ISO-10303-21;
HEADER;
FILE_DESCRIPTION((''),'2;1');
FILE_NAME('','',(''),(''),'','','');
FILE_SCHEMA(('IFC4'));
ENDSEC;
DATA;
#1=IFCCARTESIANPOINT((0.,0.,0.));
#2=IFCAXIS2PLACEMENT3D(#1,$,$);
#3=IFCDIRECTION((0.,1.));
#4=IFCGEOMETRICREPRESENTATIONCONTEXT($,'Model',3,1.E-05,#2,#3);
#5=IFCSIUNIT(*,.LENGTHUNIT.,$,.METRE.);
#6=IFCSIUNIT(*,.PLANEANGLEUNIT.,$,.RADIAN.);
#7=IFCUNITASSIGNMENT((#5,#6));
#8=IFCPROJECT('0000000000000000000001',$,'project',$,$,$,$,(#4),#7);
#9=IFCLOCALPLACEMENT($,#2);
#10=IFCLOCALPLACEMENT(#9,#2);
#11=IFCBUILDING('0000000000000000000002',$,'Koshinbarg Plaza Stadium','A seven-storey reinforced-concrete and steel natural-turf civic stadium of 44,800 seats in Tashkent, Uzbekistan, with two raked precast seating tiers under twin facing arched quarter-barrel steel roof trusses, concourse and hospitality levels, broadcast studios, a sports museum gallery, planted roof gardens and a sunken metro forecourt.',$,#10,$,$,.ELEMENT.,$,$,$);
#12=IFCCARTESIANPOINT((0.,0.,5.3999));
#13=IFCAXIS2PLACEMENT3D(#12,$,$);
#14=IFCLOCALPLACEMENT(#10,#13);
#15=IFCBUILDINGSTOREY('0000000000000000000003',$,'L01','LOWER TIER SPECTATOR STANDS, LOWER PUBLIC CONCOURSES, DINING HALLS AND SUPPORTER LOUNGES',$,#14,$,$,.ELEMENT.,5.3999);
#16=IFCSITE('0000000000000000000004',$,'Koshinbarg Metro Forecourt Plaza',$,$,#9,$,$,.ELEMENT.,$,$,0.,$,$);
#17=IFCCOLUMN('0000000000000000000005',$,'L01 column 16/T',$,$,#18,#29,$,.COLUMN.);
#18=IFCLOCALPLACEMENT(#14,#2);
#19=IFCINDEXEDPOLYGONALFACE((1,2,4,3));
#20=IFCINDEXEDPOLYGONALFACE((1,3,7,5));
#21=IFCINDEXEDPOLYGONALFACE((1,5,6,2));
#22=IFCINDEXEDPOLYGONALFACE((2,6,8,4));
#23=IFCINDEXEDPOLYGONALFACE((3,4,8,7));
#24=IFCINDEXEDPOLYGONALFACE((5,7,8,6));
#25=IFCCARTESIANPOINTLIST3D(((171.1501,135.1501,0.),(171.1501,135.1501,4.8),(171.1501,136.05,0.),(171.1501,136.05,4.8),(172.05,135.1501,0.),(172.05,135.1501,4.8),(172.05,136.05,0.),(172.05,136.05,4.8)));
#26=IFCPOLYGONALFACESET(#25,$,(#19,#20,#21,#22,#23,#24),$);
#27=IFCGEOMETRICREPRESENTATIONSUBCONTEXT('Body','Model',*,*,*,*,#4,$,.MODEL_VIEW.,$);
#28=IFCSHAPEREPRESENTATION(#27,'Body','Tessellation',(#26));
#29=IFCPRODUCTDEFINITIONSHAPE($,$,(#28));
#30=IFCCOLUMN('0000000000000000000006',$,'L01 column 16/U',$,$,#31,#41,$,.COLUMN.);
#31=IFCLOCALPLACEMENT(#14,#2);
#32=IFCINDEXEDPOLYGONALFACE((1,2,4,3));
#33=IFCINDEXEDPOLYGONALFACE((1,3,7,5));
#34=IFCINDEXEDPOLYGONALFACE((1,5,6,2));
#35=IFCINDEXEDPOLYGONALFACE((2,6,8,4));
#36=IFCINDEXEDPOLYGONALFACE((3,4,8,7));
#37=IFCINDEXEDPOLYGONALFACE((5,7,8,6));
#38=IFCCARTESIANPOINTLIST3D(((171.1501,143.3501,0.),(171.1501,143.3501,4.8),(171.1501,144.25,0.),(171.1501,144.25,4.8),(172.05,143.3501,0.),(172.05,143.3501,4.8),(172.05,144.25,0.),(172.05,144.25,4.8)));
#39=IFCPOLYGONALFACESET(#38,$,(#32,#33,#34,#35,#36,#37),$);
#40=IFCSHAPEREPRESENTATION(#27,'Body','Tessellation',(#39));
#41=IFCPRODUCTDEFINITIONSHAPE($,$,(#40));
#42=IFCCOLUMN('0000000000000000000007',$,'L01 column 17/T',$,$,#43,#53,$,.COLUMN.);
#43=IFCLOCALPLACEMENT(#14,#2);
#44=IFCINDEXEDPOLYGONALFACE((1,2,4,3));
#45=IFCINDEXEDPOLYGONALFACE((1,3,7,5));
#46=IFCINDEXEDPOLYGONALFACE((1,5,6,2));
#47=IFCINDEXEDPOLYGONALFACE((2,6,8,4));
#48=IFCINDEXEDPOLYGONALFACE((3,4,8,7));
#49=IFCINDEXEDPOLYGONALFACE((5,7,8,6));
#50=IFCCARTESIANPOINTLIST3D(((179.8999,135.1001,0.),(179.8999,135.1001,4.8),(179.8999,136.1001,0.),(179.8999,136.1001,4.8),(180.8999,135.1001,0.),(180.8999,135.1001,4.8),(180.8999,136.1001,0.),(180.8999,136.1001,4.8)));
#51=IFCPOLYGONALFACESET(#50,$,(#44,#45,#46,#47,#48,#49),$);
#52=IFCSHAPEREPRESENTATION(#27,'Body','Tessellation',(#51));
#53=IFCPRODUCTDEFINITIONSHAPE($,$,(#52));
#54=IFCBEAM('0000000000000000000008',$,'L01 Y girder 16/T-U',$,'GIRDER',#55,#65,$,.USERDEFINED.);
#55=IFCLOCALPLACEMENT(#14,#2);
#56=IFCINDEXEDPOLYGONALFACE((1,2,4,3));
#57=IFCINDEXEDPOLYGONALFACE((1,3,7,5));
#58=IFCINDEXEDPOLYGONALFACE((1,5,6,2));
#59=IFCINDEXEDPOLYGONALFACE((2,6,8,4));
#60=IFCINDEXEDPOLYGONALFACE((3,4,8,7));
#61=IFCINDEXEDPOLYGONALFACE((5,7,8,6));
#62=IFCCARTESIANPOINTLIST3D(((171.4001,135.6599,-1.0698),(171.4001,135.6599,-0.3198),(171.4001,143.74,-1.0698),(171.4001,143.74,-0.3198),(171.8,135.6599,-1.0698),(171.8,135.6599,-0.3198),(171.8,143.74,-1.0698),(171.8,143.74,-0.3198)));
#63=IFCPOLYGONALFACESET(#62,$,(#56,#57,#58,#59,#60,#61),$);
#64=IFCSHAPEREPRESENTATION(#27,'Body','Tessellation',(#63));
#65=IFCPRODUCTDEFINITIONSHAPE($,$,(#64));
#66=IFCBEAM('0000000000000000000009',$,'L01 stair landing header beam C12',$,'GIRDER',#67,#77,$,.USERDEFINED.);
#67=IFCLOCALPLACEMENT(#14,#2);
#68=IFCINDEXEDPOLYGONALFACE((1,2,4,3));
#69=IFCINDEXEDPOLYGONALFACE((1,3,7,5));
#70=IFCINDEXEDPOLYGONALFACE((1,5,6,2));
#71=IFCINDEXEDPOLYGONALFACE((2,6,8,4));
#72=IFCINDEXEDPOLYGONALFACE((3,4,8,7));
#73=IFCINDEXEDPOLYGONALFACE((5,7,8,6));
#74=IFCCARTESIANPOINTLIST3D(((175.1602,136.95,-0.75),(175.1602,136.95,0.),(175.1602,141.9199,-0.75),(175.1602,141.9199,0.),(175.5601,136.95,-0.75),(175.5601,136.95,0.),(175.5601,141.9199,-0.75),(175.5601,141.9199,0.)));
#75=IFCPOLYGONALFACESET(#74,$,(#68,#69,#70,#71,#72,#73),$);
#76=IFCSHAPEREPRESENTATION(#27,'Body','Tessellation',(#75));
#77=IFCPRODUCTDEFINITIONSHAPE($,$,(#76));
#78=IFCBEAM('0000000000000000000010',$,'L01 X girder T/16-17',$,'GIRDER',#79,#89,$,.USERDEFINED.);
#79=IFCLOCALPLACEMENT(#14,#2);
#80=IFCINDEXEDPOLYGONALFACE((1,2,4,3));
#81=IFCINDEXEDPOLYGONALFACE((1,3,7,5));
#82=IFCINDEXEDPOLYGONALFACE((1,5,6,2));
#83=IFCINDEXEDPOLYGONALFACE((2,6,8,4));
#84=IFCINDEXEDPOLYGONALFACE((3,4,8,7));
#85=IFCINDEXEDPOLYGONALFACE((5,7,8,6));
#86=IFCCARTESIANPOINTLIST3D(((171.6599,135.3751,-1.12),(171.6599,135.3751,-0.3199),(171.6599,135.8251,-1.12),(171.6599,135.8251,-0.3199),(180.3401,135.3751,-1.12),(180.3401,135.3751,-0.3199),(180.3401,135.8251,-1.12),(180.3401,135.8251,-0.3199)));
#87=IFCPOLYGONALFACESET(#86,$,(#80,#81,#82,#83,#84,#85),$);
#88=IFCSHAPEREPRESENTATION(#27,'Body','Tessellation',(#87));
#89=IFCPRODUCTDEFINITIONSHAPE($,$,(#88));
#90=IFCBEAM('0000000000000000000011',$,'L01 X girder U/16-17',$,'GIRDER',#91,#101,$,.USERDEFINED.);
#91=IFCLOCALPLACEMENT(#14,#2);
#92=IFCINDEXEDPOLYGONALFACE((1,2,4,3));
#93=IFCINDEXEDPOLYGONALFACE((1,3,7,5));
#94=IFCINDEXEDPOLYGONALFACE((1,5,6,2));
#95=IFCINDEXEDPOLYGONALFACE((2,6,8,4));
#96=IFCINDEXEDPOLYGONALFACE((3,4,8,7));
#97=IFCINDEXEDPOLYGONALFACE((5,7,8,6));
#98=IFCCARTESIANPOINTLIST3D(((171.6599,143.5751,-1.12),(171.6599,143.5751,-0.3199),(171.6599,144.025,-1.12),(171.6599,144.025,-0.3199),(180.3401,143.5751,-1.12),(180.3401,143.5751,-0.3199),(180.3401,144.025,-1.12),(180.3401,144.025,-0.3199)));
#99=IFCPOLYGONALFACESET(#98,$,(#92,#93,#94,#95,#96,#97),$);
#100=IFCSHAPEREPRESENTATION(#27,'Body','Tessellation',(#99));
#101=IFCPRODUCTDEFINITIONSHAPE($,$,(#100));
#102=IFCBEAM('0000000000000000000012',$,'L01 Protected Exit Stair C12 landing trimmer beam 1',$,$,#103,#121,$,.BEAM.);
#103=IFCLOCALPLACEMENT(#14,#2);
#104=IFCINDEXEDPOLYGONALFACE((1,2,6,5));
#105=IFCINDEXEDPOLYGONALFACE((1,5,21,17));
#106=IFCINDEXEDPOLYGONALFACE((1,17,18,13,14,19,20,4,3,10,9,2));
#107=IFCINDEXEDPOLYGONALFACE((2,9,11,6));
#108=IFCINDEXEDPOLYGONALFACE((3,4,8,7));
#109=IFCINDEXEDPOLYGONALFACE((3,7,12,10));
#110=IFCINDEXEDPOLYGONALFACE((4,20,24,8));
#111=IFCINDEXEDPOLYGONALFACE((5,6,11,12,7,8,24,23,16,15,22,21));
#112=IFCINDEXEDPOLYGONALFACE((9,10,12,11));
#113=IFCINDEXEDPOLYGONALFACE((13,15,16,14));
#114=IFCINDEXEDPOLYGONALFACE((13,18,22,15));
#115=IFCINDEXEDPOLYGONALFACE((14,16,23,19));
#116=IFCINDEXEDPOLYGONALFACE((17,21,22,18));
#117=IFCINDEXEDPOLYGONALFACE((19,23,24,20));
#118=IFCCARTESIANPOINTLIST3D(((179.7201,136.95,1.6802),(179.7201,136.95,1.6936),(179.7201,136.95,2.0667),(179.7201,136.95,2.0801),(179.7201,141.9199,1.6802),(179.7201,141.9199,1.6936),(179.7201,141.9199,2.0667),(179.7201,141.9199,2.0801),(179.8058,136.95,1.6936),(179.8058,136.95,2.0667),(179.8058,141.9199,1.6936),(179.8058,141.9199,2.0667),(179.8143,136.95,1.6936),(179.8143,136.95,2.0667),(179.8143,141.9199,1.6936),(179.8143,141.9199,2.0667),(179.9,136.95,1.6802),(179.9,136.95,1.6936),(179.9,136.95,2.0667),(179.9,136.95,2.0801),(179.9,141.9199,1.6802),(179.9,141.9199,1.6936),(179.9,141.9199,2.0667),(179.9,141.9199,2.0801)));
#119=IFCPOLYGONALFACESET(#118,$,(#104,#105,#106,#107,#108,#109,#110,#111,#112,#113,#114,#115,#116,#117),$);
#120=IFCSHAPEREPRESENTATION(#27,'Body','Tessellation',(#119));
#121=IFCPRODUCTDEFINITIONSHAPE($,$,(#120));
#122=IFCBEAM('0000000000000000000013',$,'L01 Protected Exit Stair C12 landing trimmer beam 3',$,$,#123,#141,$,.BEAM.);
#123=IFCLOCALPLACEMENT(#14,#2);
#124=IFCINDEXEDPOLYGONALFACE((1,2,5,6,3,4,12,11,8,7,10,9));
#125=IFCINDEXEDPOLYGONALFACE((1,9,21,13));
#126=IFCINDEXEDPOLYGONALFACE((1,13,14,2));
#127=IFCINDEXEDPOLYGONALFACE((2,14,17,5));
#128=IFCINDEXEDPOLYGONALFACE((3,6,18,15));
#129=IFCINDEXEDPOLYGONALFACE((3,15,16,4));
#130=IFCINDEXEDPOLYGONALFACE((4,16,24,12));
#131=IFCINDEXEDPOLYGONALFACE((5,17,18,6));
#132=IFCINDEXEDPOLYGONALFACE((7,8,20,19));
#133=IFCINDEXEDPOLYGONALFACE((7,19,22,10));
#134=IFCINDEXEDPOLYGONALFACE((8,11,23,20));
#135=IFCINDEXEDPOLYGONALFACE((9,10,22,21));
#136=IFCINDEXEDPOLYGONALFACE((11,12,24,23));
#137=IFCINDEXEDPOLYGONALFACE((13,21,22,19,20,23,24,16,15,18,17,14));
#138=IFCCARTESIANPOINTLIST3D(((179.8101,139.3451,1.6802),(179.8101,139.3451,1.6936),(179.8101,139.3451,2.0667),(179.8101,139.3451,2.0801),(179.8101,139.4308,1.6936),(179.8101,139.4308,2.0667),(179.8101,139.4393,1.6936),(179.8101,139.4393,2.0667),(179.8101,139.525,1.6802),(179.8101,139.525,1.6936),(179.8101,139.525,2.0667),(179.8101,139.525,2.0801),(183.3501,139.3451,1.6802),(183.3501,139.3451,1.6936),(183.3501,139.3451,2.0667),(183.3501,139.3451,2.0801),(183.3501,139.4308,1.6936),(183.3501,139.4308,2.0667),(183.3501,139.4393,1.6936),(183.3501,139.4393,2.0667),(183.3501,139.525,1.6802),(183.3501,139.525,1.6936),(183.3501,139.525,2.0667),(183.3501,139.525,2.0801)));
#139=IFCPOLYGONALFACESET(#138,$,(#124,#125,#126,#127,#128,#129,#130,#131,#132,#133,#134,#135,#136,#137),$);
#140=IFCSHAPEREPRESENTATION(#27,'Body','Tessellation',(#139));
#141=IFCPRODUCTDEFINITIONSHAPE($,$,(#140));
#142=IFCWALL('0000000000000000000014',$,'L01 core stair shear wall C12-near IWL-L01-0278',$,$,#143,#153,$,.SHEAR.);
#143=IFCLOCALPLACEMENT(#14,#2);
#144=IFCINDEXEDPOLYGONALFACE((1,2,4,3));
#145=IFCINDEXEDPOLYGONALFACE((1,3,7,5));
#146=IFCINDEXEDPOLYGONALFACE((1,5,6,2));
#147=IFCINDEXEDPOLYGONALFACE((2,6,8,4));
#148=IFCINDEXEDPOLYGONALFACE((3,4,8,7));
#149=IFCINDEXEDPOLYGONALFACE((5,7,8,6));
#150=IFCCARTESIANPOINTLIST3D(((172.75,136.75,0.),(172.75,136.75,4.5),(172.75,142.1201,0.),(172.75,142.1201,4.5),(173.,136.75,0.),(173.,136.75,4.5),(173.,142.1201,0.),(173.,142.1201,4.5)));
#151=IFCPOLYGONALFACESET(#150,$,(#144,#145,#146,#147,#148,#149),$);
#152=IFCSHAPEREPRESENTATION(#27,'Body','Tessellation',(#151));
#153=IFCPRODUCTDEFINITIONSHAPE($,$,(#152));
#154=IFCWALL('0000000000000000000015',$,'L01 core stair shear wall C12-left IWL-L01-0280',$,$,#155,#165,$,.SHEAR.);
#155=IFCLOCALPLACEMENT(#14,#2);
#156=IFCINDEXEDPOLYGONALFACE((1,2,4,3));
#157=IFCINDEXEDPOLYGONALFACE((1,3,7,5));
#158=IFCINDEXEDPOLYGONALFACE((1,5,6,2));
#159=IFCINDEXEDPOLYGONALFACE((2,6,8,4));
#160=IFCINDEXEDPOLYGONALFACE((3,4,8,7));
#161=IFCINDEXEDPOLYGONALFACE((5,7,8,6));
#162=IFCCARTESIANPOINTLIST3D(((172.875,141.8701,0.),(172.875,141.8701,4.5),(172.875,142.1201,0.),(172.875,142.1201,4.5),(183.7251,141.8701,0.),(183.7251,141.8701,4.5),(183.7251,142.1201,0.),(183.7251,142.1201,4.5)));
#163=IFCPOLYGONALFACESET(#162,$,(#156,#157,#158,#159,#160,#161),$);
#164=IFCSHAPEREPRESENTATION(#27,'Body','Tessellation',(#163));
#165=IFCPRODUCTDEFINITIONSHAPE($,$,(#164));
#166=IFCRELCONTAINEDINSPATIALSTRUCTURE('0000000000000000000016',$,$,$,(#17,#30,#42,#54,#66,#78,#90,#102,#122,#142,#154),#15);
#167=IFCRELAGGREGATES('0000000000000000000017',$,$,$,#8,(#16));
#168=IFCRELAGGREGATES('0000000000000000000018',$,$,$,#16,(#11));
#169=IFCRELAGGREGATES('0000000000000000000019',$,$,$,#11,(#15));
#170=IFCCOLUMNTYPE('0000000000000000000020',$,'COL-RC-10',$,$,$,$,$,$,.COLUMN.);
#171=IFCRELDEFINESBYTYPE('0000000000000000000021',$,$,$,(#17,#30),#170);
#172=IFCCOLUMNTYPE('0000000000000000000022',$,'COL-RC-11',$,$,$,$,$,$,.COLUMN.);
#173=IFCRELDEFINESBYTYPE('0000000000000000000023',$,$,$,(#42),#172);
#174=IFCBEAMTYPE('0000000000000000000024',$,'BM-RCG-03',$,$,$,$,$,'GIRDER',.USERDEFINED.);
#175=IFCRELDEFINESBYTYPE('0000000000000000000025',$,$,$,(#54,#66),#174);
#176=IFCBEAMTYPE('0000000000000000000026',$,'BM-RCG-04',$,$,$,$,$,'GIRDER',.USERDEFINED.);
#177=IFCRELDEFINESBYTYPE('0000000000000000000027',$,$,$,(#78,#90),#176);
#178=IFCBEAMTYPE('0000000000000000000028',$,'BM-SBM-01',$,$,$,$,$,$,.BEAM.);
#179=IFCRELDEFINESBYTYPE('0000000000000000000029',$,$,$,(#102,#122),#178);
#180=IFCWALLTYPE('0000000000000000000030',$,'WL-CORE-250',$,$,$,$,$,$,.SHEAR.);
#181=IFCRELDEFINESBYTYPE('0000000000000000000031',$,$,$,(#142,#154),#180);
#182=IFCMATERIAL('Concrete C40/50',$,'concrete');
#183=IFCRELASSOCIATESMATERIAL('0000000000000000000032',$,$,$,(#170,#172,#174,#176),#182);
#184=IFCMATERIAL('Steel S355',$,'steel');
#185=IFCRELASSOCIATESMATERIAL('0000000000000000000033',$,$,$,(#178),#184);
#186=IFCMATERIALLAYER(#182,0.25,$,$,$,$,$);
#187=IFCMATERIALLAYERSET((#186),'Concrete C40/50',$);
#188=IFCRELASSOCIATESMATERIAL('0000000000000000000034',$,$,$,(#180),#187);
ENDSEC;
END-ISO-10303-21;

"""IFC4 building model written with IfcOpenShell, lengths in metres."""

from ifc_helpers import new_model, si_unit, direction, frame, frame_2d, origin, origin_2d, place, context, subcontext, project, spatial, rectangle, i_section, extrude, material, layer, layer_set, material_profile, profile_set, type_object, element, save


model = new_model("IFC4")

# Units and contexts
model_context = context("Model", 3, precision=1e-05, world=origin(), true_north=direction((0.0, 1.0)))
body_context = subcontext(model_context, "Body", "Model", "MODEL_VIEW")
ifc_project = project(units=[si_unit("LENGTHUNIT", "METRE"), si_unit("PLANEANGLEUNIT", "RADIAN")], contexts=[model_context])

# Site, building, storey
site_placement = place(None, origin())
site = spatial("IfcSite", under=ifc_project, at=site_placement, Name="Koshinbarg Metro Forecourt Plaza", CompositionType="ELEMENT", RefElevation=0.0)
building_placement = place(site_placement, origin())
building = spatial("IfcBuilding", under=site, at=building_placement, Name="Koshinbarg Plaza Stadium", Description="A seven-storey reinforced-concrete and steel natural-turf civic stadium of 44,800 seats in Tashkent, Uzbekistan, with two raked precast seating tiers under twin facing arched quarter-barrel steel roof trusses, concourse and hospitality levels, broadcast studios, a sports museum gallery, planted roof gardens and a sunken metro forecourt.", CompositionType="ELEMENT")
storey_placement = place(building_placement, frame((0.0, 0.0, 5.3999)))
storey = spatial("IfcBuildingStorey", under=building, at=storey_placement, Name="L01", Description="LOWER TIER SPECTATOR STANDS, LOWER PUBLIC CONCOURSES, DINING HALLS AND SUPPORTER LOUNGES", CompositionType="ELEMENT", Elevation=5.3999)

# Columns
ifc_material_1 = material(Name="Concrete C40/50", Category="concrete")
ifc_material_profile_1 = material_profile(ifc_material_1, rectangle(XDim=0.8999, YDim=0.8999, at=origin_2d()), Name="RC 900x900")
ifc_profile_set_1 = profile_set([ifc_material_profile_1], Name="Concrete C40/50")
column_type_1 = type_object("IfcColumnType", Name="COL-RC-10", PredefinedType="COLUMN", material=ifc_profile_set_1)
for number, where, z_axis, x_axis, name in (
    (1, (171.6001, 135.6001, 0.0), (0.0, 0.0, 1.0), (1.0, 0.0, 0.0), "L01 column 16/T"),
    (2, (171.6001, 143.8, 0.0), (0.0, 0.0, 1.0), (1.0, 0.0, 0.0), "L01 column 16/U"),
):
    element("IfcColumn", number, at=place(storey_placement, frame(where, z_axis=z_axis, x_axis=x_axis)), inside=storey, type_object=column_type_1, Name=name, PredefinedType="COLUMN", context=body_context, shape_type="SweptSolid", body=[
        extrude(rectangle(XDim=0.8999, YDim=0.8999, at=origin_2d()), origin(), (0.0, 0.0, 1.0), 4.8),
    ])
ifc_material_profile_2 = material_profile(ifc_material_1, rectangle(XDim=1.0, YDim=1.0, at=origin_2d()), Name="RC 1000x1000")
ifc_profile_set_2 = profile_set([ifc_material_profile_2], Name="Concrete C40/50")
column_type_2 = type_object("IfcColumnType", Name="COL-RC-11", PredefinedType="COLUMN", material=ifc_profile_set_2)
column_placement = place(storey_placement, frame((180.3999, 135.6001, 0.0), z_axis=(0.0, 0.0, 1.0), x_axis=(1.0, 0.0, 0.0)))
element("IfcColumn", 3, at=column_placement, inside=storey, type_object=column_type_2, Name="L01 column 17/T", PredefinedType="COLUMN", context=body_context, shape_type="SweptSolid", body=[
    extrude(rectangle(XDim=1.0, YDim=1.0, at=origin_2d()), origin(), (0.0, 0.0, 1.0), 4.8),
])

# Beams
ifc_material_profile_3 = material_profile(ifc_material_1, rectangle(XDim=0.3999, YDim=0.75, at=origin_2d()), Name="RC 400x750")
ifc_profile_set_3 = profile_set([ifc_material_profile_3], Name="Concrete C40/50")
beam_type_1 = type_object("IfcBeamType", Name="BM-RCG-03", ElementType="GIRDER", PredefinedType="USERDEFINED", material=ifc_profile_set_3)
beam_1_placement = place(storey_placement, frame((171.6001, 135.6599, -0.6948), z_axis=(0.0, 1.0, 0.0), x_axis=(-1.0, 0.0, 0.0)))
element("IfcBeam", 4, at=beam_1_placement, inside=storey, type_object=beam_type_1, Name="L01 Y girder 16/T-U", ObjectType="GIRDER", PredefinedType="USERDEFINED", context=body_context, shape_type="SweptSolid", body=[
    extrude(rectangle(XDim=0.3999, YDim=0.75, at=origin_2d()), origin(), (0.0, 0.0, 1.0), 8.0801),
])
beam_2_placement = place(storey_placement, frame((175.3601, 136.95, -0.375), z_axis=(0.0, 1.0, 0.0), x_axis=(-1.0, 0.0, 0.0)))
element("IfcBeam", 5, at=beam_2_placement, inside=storey, type_object=beam_type_1, Name="L01 stair landing header beam C12", ObjectType="GIRDER", PredefinedType="USERDEFINED", context=body_context, shape_type="SweptSolid", body=[
    extrude(rectangle(XDim=0.3999, YDim=0.75, at=origin_2d()), origin(), (0.0, 0.0, 1.0), 4.97),
])
ifc_material_profile_4 = material_profile(ifc_material_1, rectangle(XDim=0.45, YDim=0.8, at=origin_2d()), Name="RC 450x800")
ifc_profile_set_4 = profile_set([ifc_material_profile_4], Name="Concrete C40/50")
beam_type_2 = type_object("IfcBeamType", Name="BM-RCG-04", ElementType="GIRDER", PredefinedType="USERDEFINED", material=ifc_profile_set_4)
for number, where, z_axis, x_axis, name in (
    (6, (171.6599, 135.6001, -0.72), (1.0, 0.0, 0.0), (0.0, 1.0, 0.0), "L01 X girder T/16-17"),
    (7, (171.6599, 143.8, -0.72), (1.0, 0.0, 0.0), (0.0, 1.0, 0.0), "L01 X girder U/16-17"),
):
    element("IfcBeam", number, at=place(storey_placement, frame(where, z_axis=z_axis, x_axis=x_axis)), inside=storey, type_object=beam_type_2, Name=name, ObjectType="GIRDER", PredefinedType="USERDEFINED", context=body_context, shape_type="SweptSolid", body=[
        extrude(rectangle(XDim=0.45, YDim=0.8, at=origin_2d()), origin(), (0.0, 0.0, 1.0), 8.6802),
    ])
ifc_material_2 = material(Name="Steel S355", Category="steel")
ifc_material_profile_5 = material_profile(ifc_material_2, i_section(OverallWidth=0.1799, OverallDepth=0.3999, WebThickness=0.0085, FlangeThickness=0.0134, at=origin_2d()), Name="IPE 400")
ifc_profile_set_5 = profile_set([ifc_material_profile_5], Name="Steel S355")
beam_type_3 = type_object("IfcBeamType", Name="BM-SBM-01", PredefinedType="BEAM", material=ifc_profile_set_5)
beam_3_placement = place(storey_placement, frame((179.8101, 136.95, 1.8801), z_axis=(0.0, 1.0, 0.0), x_axis=(-1.0, 0.0, 0.0)))
element("IfcBeam", 8, at=beam_3_placement, inside=storey, type_object=beam_type_3, Name="L01 Protected Exit Stair C12 landing trimmer beam 1", PredefinedType="BEAM", context=body_context, shape_type="SweptSolid", body=[
    extrude(i_section(OverallWidth=0.1799, OverallDepth=0.3999, WebThickness=0.0085, FlangeThickness=0.0134, at=origin_2d()), origin(), (0.0, 0.0, 1.0), 4.97),
])
beam_4_placement = place(storey_placement, frame((179.8101, 139.4351, 1.8801), z_axis=(1.0, 0.0, 0.0), x_axis=(0.0, 1.0, 0.0)))
element("IfcBeam", 9, at=beam_4_placement, inside=storey, type_object=beam_type_3, Name="L01 Protected Exit Stair C12 landing trimmer beam 3", PredefinedType="BEAM", context=body_context, shape_type="SweptSolid", body=[
    extrude(i_section(OverallWidth=0.1799, OverallDepth=0.3999, WebThickness=0.0085, FlangeThickness=0.0134, at=origin_2d()), origin(), (0.0, 0.0, 1.0), 3.54),
])

# Walls
ifc_layer_1 = layer(ifc_material_1, 0.25)
ifc_layer_set_1 = layer_set([ifc_layer_1], Name="Concrete C40/50")
wall_type_1 = type_object("IfcWallType", Name="WL-CORE-250", PredefinedType="SHEAR", material=ifc_layer_set_1)
wall_1_placement = place(storey_placement, frame((172.875, 142.1201, 0.0), z_axis=(0.0, 0.0, 1.0), x_axis=(0.0, -1.0, 0.0)))
element("IfcWall", 10, at=wall_1_placement, inside=storey, type_object=wall_type_1, Name="L01 core stair shear wall C12-near IWL-L01-0278", PredefinedType="SHEAR", context=body_context, shape_type="SweptSolid", body=[
    extrude(rectangle(XDim=5.3701, YDim=0.25, at=frame_2d((2.6851, 0.0))), origin(), (0.0, 0.0, 1.0), 4.5),
])
wall_2_placement = place(storey_placement, frame((172.875, 141.9951, 0.0), z_axis=(0.0, 0.0, 1.0), x_axis=(1.0, 0.0, 0.0)))
element("IfcWall", 11, at=wall_2_placement, inside=storey, type_object=wall_type_1, Name="L01 core stair shear wall C12-left IWL-L01-0280", PredefinedType="SHEAR", context=body_context, shape_type="SweptSolid", body=[
    extrude(rectangle(XDim=10.8501, YDim=0.25, at=frame_2d((5.425, 0.0))), origin(), (0.0, 0.0, 1.0), 4.5),
])

save(model, "model.ifc")
